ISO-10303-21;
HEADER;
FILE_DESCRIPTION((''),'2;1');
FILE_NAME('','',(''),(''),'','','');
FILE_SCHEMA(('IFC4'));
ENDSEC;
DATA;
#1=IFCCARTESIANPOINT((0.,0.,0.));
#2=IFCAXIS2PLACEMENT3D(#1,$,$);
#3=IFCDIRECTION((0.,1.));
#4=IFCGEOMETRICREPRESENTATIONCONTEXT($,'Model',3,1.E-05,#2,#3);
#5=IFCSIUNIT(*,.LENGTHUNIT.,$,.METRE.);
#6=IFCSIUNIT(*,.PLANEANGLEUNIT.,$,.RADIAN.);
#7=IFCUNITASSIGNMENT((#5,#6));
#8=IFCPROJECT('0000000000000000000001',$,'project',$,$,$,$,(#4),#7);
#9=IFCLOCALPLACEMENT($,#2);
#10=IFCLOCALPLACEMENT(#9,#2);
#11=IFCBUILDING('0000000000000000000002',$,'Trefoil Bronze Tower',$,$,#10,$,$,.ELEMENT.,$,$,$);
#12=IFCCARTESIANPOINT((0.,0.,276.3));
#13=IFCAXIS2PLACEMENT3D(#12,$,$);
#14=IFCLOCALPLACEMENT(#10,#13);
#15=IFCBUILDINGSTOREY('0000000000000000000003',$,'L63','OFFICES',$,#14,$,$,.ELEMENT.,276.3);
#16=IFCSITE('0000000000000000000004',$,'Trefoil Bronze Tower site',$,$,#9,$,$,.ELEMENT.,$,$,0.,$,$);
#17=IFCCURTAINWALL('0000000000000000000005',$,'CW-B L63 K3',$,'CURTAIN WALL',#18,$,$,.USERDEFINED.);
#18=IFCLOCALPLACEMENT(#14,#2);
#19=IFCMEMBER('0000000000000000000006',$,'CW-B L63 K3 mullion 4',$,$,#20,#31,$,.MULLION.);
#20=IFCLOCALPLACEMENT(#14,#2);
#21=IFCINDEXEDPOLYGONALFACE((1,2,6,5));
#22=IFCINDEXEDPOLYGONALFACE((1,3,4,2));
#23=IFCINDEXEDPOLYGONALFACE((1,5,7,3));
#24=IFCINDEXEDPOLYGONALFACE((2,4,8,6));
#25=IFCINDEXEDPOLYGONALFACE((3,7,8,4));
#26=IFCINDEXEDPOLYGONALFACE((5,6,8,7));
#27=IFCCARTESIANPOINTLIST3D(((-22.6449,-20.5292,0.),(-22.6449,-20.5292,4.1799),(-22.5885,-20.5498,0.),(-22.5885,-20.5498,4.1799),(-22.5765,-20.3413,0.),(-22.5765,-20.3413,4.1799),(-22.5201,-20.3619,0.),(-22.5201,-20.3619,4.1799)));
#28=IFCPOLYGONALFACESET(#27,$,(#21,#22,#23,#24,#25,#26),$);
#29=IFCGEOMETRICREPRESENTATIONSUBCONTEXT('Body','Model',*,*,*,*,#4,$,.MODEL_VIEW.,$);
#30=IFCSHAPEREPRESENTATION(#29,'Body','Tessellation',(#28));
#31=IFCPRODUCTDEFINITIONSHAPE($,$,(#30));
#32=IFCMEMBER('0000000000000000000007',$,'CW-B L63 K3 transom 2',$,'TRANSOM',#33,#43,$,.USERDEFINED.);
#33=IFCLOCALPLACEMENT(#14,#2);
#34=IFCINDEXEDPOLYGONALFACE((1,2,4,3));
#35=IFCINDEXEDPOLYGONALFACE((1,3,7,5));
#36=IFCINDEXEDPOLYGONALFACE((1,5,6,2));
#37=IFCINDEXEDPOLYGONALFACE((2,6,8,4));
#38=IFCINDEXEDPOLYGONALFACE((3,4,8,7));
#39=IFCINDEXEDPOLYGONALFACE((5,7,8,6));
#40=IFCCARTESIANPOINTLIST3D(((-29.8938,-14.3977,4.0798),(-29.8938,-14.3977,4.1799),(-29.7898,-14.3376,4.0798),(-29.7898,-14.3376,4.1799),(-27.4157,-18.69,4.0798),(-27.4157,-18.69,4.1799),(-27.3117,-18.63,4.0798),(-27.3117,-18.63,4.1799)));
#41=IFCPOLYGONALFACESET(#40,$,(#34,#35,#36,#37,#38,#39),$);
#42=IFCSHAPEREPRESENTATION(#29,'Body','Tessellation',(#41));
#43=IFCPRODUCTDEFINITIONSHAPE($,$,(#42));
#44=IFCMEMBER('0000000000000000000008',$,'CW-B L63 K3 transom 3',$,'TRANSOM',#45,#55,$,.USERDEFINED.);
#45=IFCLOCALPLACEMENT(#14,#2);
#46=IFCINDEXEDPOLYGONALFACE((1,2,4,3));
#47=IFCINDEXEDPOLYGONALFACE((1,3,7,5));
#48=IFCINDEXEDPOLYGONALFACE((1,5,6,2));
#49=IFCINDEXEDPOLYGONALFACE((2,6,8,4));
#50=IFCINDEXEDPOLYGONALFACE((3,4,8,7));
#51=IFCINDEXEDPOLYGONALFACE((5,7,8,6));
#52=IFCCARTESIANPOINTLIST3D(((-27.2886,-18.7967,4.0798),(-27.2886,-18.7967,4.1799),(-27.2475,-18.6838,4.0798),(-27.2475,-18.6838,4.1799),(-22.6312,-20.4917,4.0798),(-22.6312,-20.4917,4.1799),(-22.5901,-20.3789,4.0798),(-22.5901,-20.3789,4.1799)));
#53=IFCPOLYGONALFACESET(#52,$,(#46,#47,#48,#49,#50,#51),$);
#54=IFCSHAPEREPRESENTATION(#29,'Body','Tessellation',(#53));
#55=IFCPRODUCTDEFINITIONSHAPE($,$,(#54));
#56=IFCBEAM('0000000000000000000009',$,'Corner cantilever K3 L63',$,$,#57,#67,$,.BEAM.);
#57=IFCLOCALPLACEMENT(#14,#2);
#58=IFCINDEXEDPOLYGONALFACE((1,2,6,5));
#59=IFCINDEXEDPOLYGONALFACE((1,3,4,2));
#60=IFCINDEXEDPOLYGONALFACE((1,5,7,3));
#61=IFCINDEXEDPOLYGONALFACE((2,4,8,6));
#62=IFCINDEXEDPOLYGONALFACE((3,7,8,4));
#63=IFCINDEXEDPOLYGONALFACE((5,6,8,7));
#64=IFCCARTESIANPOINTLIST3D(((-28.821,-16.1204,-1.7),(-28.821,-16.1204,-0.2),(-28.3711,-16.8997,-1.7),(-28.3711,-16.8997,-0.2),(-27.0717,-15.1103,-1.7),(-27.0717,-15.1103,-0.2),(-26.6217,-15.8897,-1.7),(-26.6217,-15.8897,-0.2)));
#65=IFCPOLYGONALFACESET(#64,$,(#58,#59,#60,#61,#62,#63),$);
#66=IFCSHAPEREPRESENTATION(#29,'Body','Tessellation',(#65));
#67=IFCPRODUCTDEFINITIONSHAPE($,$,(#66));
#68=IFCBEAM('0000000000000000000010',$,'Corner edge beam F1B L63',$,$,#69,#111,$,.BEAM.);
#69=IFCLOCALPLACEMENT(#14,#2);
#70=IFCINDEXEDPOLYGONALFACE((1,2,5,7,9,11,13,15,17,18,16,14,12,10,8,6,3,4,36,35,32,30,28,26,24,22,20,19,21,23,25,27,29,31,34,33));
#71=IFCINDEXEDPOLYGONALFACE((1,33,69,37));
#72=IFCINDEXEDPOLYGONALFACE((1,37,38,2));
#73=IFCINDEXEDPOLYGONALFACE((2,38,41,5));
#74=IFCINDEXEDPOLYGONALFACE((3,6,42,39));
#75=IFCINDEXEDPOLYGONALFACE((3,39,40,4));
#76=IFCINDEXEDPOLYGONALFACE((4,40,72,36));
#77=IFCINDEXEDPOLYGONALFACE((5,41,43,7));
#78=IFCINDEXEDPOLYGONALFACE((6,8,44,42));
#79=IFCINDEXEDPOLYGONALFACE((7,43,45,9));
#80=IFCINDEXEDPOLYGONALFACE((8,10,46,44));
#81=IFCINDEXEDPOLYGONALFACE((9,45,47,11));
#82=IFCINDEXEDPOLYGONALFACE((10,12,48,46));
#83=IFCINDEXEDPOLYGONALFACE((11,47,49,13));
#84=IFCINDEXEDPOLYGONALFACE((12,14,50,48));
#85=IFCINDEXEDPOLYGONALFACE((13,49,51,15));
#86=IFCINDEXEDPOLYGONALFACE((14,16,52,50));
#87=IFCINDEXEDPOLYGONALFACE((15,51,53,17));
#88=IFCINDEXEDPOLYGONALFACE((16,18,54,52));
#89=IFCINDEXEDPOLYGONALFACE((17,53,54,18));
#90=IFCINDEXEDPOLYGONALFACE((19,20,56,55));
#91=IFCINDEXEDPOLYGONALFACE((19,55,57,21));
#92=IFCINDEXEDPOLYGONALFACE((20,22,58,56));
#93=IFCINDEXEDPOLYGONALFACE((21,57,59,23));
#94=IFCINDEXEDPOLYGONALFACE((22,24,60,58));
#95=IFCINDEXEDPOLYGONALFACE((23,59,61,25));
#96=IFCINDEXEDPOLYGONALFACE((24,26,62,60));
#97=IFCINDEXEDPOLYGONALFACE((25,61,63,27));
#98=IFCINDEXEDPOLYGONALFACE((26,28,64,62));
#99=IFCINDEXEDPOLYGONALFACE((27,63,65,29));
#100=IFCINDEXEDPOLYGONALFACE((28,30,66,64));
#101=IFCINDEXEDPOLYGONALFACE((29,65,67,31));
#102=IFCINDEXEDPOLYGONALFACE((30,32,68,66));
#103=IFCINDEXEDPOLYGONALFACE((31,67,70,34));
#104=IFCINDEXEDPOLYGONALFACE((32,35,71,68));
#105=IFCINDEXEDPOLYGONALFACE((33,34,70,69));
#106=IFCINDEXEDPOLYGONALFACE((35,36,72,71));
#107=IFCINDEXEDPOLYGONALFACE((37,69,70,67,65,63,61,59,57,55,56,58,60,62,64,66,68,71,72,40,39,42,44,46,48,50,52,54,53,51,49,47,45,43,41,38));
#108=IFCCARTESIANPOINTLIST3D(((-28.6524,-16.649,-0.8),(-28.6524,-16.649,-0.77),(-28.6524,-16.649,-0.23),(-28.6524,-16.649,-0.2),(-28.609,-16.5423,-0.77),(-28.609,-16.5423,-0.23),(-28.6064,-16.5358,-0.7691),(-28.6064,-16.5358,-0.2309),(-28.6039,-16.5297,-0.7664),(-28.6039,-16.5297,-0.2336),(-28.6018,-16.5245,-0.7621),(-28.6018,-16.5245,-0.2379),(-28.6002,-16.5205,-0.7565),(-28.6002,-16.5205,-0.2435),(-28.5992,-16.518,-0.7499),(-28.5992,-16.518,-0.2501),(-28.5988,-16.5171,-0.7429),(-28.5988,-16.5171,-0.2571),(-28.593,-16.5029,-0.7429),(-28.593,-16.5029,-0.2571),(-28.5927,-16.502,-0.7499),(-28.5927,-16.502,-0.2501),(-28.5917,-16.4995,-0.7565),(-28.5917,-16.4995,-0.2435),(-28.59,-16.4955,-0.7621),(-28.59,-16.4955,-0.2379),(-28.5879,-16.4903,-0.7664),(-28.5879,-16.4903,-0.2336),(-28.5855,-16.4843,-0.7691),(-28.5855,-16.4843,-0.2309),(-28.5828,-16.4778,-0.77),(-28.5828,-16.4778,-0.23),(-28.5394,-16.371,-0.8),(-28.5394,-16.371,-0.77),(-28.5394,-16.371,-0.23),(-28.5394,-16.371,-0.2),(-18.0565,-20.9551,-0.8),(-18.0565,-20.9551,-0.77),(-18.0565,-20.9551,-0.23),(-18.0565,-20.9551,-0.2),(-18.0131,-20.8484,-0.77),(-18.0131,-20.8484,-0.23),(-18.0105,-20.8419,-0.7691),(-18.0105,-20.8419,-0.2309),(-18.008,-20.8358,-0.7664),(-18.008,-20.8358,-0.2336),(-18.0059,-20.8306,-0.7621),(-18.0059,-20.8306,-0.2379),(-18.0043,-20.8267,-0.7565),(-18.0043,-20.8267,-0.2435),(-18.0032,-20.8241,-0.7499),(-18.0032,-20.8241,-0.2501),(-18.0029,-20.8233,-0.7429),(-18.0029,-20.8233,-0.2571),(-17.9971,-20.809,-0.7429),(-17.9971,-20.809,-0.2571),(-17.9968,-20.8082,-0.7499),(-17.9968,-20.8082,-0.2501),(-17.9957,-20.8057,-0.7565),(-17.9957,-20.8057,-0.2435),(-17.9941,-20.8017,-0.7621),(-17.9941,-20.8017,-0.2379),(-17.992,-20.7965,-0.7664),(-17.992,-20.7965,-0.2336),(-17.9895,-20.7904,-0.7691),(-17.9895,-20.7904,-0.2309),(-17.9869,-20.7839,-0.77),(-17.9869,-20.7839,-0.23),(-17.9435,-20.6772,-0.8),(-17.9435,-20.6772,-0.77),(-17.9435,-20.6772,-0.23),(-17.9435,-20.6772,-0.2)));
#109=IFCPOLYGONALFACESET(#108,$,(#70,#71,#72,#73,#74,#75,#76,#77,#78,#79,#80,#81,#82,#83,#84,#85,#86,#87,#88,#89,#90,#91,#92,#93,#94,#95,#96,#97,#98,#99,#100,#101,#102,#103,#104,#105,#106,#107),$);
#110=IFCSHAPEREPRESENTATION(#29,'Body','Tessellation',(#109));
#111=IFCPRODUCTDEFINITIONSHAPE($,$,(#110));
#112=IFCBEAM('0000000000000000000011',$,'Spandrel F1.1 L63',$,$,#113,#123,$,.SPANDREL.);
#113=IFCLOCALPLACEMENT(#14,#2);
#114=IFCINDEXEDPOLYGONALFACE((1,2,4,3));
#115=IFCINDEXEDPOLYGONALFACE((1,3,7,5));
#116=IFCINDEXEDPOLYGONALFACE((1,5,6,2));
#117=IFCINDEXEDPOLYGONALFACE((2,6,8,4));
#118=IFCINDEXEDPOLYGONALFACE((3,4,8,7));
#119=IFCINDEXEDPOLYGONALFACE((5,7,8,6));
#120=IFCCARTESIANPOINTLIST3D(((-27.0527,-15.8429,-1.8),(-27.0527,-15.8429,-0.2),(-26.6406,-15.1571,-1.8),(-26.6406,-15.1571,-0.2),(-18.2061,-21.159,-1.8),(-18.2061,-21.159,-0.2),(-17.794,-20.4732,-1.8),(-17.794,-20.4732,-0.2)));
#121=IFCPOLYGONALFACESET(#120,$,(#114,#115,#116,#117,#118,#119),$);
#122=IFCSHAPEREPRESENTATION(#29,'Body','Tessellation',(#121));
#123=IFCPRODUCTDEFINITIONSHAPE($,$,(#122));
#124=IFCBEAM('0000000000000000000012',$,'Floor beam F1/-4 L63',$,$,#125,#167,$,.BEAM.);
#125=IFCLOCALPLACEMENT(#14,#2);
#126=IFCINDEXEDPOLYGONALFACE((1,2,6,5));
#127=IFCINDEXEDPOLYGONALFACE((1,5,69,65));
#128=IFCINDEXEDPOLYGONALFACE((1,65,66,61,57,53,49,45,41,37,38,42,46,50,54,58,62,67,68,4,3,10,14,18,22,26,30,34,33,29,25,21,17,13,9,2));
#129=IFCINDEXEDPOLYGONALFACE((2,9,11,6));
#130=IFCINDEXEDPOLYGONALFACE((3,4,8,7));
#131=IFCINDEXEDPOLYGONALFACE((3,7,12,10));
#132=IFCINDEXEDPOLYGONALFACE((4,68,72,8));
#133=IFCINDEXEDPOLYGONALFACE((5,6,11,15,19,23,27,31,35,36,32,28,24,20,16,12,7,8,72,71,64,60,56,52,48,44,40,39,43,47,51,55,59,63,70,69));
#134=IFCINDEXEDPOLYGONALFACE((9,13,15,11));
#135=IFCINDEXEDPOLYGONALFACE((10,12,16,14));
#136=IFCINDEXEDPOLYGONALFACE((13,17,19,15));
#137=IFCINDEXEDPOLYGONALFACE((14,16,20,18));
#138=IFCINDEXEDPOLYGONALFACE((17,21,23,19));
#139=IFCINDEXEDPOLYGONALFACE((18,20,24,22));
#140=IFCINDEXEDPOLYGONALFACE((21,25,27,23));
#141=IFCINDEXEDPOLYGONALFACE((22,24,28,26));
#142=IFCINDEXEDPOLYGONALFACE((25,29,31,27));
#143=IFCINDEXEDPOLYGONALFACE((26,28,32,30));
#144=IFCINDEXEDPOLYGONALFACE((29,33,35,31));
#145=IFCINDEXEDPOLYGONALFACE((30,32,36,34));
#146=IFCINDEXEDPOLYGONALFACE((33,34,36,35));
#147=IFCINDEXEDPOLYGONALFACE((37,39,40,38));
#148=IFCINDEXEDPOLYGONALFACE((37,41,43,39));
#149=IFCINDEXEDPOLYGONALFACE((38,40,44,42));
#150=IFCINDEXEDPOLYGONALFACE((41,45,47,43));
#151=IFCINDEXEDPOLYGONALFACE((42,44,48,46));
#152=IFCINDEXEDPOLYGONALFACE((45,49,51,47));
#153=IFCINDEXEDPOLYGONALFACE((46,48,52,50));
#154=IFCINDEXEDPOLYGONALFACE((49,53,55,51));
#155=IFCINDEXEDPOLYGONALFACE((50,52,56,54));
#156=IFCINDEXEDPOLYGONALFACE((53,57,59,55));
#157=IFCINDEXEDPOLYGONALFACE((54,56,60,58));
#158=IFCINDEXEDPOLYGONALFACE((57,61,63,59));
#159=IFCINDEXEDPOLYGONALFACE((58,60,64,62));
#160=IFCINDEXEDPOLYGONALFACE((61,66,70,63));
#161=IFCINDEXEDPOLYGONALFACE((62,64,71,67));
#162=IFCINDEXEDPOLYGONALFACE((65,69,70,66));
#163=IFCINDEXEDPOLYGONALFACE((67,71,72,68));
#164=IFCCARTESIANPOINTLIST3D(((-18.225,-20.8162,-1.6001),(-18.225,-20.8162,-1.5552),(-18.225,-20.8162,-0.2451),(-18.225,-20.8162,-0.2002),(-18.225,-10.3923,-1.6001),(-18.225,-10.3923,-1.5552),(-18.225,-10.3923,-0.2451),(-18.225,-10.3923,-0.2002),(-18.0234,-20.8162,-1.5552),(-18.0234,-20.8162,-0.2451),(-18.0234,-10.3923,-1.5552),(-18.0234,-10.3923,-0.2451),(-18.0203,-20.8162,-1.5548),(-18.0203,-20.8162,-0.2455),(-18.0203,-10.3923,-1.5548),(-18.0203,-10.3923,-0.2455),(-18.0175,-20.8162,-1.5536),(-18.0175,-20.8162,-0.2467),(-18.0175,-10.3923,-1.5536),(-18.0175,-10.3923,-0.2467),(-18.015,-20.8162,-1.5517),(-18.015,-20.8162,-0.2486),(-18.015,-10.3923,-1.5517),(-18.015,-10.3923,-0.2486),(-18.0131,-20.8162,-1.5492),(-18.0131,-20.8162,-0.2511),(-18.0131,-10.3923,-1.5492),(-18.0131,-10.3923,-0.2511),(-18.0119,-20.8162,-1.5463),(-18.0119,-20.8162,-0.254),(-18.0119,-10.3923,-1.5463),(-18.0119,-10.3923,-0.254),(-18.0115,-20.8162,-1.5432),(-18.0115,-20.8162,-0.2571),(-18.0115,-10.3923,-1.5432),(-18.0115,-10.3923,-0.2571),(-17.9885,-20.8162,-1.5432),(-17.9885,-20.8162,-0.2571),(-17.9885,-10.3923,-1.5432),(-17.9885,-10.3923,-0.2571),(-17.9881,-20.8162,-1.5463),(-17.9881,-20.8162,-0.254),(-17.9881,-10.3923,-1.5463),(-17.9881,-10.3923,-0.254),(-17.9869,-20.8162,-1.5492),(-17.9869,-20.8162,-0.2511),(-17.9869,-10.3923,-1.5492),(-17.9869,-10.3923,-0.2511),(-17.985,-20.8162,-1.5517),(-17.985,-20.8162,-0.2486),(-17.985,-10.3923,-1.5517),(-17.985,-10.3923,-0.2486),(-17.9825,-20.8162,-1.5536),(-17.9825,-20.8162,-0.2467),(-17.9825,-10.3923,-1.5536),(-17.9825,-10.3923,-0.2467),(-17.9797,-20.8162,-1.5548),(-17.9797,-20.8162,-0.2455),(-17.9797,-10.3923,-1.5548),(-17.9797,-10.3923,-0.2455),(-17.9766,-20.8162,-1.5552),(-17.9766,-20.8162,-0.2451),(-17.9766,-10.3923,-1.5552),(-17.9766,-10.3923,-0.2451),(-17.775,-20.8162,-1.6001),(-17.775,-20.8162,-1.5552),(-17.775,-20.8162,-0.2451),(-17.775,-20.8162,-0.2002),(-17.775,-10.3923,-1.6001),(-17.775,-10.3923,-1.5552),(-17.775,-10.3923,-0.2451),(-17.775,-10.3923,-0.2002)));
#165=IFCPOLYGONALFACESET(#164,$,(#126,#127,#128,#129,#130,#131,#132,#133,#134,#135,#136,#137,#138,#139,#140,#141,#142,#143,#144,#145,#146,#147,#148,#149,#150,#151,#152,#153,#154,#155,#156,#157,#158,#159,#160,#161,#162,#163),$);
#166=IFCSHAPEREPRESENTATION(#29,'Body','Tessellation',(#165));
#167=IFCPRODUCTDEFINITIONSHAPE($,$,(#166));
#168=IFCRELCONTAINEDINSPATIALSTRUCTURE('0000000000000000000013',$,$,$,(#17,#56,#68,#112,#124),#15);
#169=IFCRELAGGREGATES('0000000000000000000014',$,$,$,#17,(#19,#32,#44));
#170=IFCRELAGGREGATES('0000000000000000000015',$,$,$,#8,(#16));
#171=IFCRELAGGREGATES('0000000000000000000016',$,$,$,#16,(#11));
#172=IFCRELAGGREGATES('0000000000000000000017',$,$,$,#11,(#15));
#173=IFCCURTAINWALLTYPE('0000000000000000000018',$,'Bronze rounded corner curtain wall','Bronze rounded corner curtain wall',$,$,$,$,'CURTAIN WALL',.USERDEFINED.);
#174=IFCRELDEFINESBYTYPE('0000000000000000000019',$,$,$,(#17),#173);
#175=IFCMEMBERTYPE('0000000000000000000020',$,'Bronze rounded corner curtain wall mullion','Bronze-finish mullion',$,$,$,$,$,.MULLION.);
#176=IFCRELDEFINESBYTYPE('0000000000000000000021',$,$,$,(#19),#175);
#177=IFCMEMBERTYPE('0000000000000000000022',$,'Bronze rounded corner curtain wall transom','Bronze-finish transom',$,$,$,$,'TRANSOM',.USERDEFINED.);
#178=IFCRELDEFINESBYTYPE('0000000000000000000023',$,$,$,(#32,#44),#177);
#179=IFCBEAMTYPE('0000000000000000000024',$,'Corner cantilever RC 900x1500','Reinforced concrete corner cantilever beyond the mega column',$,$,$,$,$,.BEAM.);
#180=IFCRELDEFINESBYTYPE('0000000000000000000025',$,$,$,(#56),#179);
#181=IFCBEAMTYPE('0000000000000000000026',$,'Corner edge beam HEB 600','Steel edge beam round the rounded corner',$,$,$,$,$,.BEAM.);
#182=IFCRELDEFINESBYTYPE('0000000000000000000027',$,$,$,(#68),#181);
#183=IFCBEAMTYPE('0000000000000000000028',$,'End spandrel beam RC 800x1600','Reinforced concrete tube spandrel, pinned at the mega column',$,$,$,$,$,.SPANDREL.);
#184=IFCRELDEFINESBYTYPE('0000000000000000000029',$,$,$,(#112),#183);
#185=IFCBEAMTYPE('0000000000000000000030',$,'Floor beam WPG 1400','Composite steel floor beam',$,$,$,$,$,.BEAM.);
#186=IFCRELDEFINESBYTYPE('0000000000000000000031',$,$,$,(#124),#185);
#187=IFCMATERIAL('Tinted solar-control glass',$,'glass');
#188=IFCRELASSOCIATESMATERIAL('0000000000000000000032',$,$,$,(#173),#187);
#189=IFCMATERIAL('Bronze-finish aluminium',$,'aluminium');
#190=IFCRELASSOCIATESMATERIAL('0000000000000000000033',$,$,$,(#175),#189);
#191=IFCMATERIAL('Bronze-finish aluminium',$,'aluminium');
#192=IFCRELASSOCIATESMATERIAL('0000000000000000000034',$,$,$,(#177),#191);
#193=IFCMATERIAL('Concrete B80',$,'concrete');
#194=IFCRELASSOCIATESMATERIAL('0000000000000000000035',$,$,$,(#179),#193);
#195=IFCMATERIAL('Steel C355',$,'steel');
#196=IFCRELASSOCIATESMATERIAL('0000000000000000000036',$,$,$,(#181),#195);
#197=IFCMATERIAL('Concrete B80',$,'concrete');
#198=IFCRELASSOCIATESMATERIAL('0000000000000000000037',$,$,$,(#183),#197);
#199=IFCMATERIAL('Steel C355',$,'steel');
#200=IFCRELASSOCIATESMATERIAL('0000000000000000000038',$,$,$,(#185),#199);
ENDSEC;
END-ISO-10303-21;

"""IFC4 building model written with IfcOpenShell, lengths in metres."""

from ifc_helpers import new_model, si_unit, direction, frame, origin, origin_2d, place, context, subcontext, project, spatial, rectangle, i_section, extrude, material, material_profile, profile_set, type_object, element, aggregate, save


model = new_model("IFC4")

# Units and contexts
model_context = context("Model", 3, precision=1e-05, world=origin(), true_north=direction((0.0, 1.0)))
body_context = subcontext(model_context, "Body", "Model", "MODEL_VIEW")
ifc_project = project(units=[si_unit("LENGTHUNIT", "METRE"), si_unit("PLANEANGLEUNIT", "RADIAN")], contexts=[model_context])

# Site, building, storey
site_placement = place(None, origin())
site = spatial("IfcSite", under=ifc_project, at=site_placement, Name="Trefoil Bronze Tower site", CompositionType="ELEMENT", RefElevation=0.0)
building_placement = place(site_placement, origin())
building = spatial("IfcBuilding", under=site, at=building_placement, Name="Trefoil Bronze Tower", CompositionType="ELEMENT")
storey_placement = place(building_placement, frame((0.0, 0.0, 276.3)))
storey = spatial("IfcBuildingStorey", under=building, at=storey_placement, Name="L63", Description="OFFICES", CompositionType="ELEMENT", Elevation=276.3)

# Curtain wall, members
ifc_material_1 = material(Name="Tinted solar-control glass", Category="glass")
curtain_wall_type_1 = type_object("IfcCurtainWallType", Name="Bronze rounded corner curtain wall", Description="Bronze rounded corner curtain wall", ElementType="CURTAIN WALL", PredefinedType="USERDEFINED", material=ifc_material_1)
curtain_wall_1_placement = place(storey_placement, origin())
curtain_wall_1 = element("IfcCurtainWall", 1, at=curtain_wall_1_placement, inside=storey, type_object=curtain_wall_type_1, Name="CW-B L63 K3", ObjectType="CURTAIN WALL", PredefinedType="USERDEFINED")
ifc_material_2 = material(Name="Bronze-finish aluminium", Category="aluminium")
ifc_material_profile_1 = material_profile(ifc_material_2, rectangle(XDim=0.2, YDim=0.0601, at=origin_2d()), Name="CW-B mullion")
ifc_profile_set_1 = profile_set([ifc_material_profile_1], Name="Bronze-finish aluminium")
member_type_1 = type_object("IfcMemberType", Name="Bronze rounded corner curtain wall mullion", Description="Bronze-finish mullion", PredefinedType="MULLION", material=ifc_profile_set_1)
member_1_placement = place(storey_placement, frame((-22.5825, -20.4456, 0.0), z_axis=(0.0, 0.0, 1.0), x_axis=(0.34202, 0.939693, 0.0)))
member_1 = element("IfcMember", 2, at=member_1_placement, type_object=member_type_1, Name="CW-B L63 K3 mullion 4", PredefinedType="MULLION", context=body_context, shape_type="SweptSolid", body=[
    extrude(rectangle(XDim=0.2, YDim=0.0601, at=origin_2d()), origin(), (0.0, 0.0, 1.0), 4.1799),
])
ifc_material_3 = material(Name="Bronze-finish aluminium", Category="aluminium")
ifc_material_profile_2 = material_profile(ifc_material_3, rectangle(XDim=0.1201, YDim=0.1001, at=origin_2d()), Name="CW-B transom")
ifc_profile_set_2 = profile_set([ifc_material_profile_2], Name="Bronze-finish aluminium")
member_type_2 = type_object("IfcMemberType", Name="Bronze rounded corner curtain wall transom", Description="Bronze-finish transom", ElementType="TRANSOM", PredefinedType="USERDEFINED", material=ifc_profile_set_2)
member_2_placement = place(storey_placement, frame((-29.8418, -14.3677, 4.1299), z_axis=(0.499985, -0.866034, 0.0), x_axis=(0.866034, 0.499985, 0.0)))
member_2 = element("IfcMember", 3, at=member_2_placement, type_object=member_type_2, Name="CW-B L63 K3 transom 2", ObjectType="TRANSOM", PredefinedType="USERDEFINED", context=body_context, shape_type="SweptSolid", body=[
    extrude(rectangle(XDim=0.1201, YDim=0.1001, at=origin_2d()), origin(), (0.0, 0.0, 1.0), 4.9563),
])
member_3_placement = place(storey_placement, frame((-27.2681, -18.7402, 4.1299), z_axis=(0.9397, -0.342, 0.0), x_axis=(0.342, 0.9397, 0.0)))
member_3 = element("IfcMember", 4, at=member_3_placement, type_object=member_type_2, Name="CW-B L63 K3 transom 3", ObjectType="TRANSOM", PredefinedType="USERDEFINED", context=body_context, shape_type="SweptSolid", body=[
    extrude(rectangle(XDim=0.1201, YDim=0.1001, at=origin_2d()), origin(), (0.0, 0.0, 1.0), 4.9563),
])

# Beams
ifc_material_4 = material(Name="Concrete B80", Category="concrete")
ifc_material_profile_3 = material_profile(ifc_material_4, rectangle(XDim=0.8999, YDim=1.5, at=origin_2d()), Name="RC 900x1500")
ifc_profile_set_3 = profile_set([ifc_material_profile_3], Name="Concrete B80")
beam_type_1 = type_object("IfcBeamType", Name="Corner cantilever RC 900x1500", Description="Reinforced concrete corner cantilever beyond the mega column", PredefinedType="BEAM", material=ifc_profile_set_3)
beam_1_placement = place(storey_placement, frame((-26.8467, -15.5, -0.95), z_axis=(-0.86601, -0.500026, 0.0), x_axis=(0.500026, -0.86601, 0.0)))
element("IfcBeam", 5, at=beam_1_placement, inside=storey, type_object=beam_type_1, Name="Corner cantilever K3 L63", PredefinedType="BEAM", context=body_context, shape_type="SweptSolid", body=[
    extrude(rectangle(XDim=0.8999, YDim=1.5, at=origin_2d()), origin(), (0.0, 0.0, 1.0), 2.02),
])
ifc_material_5 = material(Name="Steel C355", Category="steel")
ifc_material_profile_4 = material_profile(ifc_material_5, i_section(OverallWidth=0.3, OverallDepth=0.6001, WebThickness=0.0154, FlangeThickness=0.03, FilletRadius=0.0271, at=origin_2d()), Name="HEB 600")
ifc_profile_set_4 = profile_set([ifc_material_profile_4], Name="Steel C355")
beam_type_2 = type_object("IfcBeamType", Name="Corner edge beam HEB 600", Description="Steel edge beam round the rounded corner", PredefinedType="BEAM", material=ifc_profile_set_4)
beam_2_placement = place(storey_placement, frame((-18.0, -20.8162, -0.5), z_axis=(-0.926419, 0.376493, 0.0), x_axis=(-0.376493, -0.926419, 0.0)))
element("IfcBeam", 6, at=beam_2_placement, inside=storey, type_object=beam_type_2, Name="Corner edge beam F1B L63", PredefinedType="BEAM", context=body_context, shape_type="SweptSolid", body=[
    extrude(i_section(OverallWidth=0.3, OverallDepth=0.6001, WebThickness=0.0154, FlangeThickness=0.03, FilletRadius=0.0271, at=origin_2d()), origin(), (0.0, 0.0, 1.0), 11.4375),
])
ifc_material_6 = material(Name="Concrete B80", Category="concrete")
ifc_material_profile_5 = material_profile(ifc_material_6, rectangle(XDim=0.8, YDim=1.6001, at=origin_2d()), Name="RC 800x1600")
ifc_profile_set_5 = profile_set([ifc_material_profile_5], Name="Concrete B80")
beam_type_3 = type_object("IfcBeamType", Name="End spandrel beam RC 800x1600", Description="Reinforced concrete tube spandrel, pinned at the mega column", PredefinedType="SPANDREL", material=ifc_profile_set_5)
beam_3_placement = place(storey_placement, frame((-26.8467, -15.5, -1.0), z_axis=(0.857144, -0.515077, 0.0), x_axis=(0.515077, 0.857144, 0.0)))
element("IfcBeam", 7, at=beam_3_placement, inside=storey, type_object=beam_type_3, Name="Spandrel F1.1 L63", PredefinedType="SPANDREL", context=body_context, shape_type="SweptSolid", body=[
    extrude(rectangle(XDim=0.8, YDim=1.6001, at=origin_2d()), origin(), (0.0, 0.0, 1.0), 10.321),
])
ifc_material_7 = material(Name="Steel C355", Category="steel")
ifc_material_profile_6 = material_profile(ifc_material_7, i_section(OverallWidth=0.45, OverallDepth=1.3999, WebThickness=0.0229, FlangeThickness=0.0449, FilletRadius=0.012, at=origin_2d()), Name="WPG 1400")
ifc_profile_set_6 = profile_set([ifc_material_profile_6], Name="Steel C355")
beam_type_4 = type_object("IfcBeamType", Name="Floor beam WPG 1400", Description="Composite steel floor beam", PredefinedType="BEAM", material=ifc_profile_set_6)
beam_4_placement = place(storey_placement, frame((-18.0, -20.8162, -0.9001), z_axis=(0.0, 1.0, 0.0), x_axis=(-1.0, 0.0, 0.0)))
element("IfcBeam", 8, at=beam_4_placement, inside=storey, type_object=beam_type_4, Name="Floor beam F1/-4 L63", PredefinedType="BEAM", context=body_context, shape_type="SweptSolid", body=[
    extrude(i_section(OverallWidth=0.45, OverallDepth=1.3999, WebThickness=0.0229, FlangeThickness=0.0449, FilletRadius=0.012, at=origin_2d()), origin(), (0.0, 0.0, 1.0), 10.4238),
])

aggregate(curtain_wall_1, [member_1, member_2, member_3])

save(model, "model.ifc")
